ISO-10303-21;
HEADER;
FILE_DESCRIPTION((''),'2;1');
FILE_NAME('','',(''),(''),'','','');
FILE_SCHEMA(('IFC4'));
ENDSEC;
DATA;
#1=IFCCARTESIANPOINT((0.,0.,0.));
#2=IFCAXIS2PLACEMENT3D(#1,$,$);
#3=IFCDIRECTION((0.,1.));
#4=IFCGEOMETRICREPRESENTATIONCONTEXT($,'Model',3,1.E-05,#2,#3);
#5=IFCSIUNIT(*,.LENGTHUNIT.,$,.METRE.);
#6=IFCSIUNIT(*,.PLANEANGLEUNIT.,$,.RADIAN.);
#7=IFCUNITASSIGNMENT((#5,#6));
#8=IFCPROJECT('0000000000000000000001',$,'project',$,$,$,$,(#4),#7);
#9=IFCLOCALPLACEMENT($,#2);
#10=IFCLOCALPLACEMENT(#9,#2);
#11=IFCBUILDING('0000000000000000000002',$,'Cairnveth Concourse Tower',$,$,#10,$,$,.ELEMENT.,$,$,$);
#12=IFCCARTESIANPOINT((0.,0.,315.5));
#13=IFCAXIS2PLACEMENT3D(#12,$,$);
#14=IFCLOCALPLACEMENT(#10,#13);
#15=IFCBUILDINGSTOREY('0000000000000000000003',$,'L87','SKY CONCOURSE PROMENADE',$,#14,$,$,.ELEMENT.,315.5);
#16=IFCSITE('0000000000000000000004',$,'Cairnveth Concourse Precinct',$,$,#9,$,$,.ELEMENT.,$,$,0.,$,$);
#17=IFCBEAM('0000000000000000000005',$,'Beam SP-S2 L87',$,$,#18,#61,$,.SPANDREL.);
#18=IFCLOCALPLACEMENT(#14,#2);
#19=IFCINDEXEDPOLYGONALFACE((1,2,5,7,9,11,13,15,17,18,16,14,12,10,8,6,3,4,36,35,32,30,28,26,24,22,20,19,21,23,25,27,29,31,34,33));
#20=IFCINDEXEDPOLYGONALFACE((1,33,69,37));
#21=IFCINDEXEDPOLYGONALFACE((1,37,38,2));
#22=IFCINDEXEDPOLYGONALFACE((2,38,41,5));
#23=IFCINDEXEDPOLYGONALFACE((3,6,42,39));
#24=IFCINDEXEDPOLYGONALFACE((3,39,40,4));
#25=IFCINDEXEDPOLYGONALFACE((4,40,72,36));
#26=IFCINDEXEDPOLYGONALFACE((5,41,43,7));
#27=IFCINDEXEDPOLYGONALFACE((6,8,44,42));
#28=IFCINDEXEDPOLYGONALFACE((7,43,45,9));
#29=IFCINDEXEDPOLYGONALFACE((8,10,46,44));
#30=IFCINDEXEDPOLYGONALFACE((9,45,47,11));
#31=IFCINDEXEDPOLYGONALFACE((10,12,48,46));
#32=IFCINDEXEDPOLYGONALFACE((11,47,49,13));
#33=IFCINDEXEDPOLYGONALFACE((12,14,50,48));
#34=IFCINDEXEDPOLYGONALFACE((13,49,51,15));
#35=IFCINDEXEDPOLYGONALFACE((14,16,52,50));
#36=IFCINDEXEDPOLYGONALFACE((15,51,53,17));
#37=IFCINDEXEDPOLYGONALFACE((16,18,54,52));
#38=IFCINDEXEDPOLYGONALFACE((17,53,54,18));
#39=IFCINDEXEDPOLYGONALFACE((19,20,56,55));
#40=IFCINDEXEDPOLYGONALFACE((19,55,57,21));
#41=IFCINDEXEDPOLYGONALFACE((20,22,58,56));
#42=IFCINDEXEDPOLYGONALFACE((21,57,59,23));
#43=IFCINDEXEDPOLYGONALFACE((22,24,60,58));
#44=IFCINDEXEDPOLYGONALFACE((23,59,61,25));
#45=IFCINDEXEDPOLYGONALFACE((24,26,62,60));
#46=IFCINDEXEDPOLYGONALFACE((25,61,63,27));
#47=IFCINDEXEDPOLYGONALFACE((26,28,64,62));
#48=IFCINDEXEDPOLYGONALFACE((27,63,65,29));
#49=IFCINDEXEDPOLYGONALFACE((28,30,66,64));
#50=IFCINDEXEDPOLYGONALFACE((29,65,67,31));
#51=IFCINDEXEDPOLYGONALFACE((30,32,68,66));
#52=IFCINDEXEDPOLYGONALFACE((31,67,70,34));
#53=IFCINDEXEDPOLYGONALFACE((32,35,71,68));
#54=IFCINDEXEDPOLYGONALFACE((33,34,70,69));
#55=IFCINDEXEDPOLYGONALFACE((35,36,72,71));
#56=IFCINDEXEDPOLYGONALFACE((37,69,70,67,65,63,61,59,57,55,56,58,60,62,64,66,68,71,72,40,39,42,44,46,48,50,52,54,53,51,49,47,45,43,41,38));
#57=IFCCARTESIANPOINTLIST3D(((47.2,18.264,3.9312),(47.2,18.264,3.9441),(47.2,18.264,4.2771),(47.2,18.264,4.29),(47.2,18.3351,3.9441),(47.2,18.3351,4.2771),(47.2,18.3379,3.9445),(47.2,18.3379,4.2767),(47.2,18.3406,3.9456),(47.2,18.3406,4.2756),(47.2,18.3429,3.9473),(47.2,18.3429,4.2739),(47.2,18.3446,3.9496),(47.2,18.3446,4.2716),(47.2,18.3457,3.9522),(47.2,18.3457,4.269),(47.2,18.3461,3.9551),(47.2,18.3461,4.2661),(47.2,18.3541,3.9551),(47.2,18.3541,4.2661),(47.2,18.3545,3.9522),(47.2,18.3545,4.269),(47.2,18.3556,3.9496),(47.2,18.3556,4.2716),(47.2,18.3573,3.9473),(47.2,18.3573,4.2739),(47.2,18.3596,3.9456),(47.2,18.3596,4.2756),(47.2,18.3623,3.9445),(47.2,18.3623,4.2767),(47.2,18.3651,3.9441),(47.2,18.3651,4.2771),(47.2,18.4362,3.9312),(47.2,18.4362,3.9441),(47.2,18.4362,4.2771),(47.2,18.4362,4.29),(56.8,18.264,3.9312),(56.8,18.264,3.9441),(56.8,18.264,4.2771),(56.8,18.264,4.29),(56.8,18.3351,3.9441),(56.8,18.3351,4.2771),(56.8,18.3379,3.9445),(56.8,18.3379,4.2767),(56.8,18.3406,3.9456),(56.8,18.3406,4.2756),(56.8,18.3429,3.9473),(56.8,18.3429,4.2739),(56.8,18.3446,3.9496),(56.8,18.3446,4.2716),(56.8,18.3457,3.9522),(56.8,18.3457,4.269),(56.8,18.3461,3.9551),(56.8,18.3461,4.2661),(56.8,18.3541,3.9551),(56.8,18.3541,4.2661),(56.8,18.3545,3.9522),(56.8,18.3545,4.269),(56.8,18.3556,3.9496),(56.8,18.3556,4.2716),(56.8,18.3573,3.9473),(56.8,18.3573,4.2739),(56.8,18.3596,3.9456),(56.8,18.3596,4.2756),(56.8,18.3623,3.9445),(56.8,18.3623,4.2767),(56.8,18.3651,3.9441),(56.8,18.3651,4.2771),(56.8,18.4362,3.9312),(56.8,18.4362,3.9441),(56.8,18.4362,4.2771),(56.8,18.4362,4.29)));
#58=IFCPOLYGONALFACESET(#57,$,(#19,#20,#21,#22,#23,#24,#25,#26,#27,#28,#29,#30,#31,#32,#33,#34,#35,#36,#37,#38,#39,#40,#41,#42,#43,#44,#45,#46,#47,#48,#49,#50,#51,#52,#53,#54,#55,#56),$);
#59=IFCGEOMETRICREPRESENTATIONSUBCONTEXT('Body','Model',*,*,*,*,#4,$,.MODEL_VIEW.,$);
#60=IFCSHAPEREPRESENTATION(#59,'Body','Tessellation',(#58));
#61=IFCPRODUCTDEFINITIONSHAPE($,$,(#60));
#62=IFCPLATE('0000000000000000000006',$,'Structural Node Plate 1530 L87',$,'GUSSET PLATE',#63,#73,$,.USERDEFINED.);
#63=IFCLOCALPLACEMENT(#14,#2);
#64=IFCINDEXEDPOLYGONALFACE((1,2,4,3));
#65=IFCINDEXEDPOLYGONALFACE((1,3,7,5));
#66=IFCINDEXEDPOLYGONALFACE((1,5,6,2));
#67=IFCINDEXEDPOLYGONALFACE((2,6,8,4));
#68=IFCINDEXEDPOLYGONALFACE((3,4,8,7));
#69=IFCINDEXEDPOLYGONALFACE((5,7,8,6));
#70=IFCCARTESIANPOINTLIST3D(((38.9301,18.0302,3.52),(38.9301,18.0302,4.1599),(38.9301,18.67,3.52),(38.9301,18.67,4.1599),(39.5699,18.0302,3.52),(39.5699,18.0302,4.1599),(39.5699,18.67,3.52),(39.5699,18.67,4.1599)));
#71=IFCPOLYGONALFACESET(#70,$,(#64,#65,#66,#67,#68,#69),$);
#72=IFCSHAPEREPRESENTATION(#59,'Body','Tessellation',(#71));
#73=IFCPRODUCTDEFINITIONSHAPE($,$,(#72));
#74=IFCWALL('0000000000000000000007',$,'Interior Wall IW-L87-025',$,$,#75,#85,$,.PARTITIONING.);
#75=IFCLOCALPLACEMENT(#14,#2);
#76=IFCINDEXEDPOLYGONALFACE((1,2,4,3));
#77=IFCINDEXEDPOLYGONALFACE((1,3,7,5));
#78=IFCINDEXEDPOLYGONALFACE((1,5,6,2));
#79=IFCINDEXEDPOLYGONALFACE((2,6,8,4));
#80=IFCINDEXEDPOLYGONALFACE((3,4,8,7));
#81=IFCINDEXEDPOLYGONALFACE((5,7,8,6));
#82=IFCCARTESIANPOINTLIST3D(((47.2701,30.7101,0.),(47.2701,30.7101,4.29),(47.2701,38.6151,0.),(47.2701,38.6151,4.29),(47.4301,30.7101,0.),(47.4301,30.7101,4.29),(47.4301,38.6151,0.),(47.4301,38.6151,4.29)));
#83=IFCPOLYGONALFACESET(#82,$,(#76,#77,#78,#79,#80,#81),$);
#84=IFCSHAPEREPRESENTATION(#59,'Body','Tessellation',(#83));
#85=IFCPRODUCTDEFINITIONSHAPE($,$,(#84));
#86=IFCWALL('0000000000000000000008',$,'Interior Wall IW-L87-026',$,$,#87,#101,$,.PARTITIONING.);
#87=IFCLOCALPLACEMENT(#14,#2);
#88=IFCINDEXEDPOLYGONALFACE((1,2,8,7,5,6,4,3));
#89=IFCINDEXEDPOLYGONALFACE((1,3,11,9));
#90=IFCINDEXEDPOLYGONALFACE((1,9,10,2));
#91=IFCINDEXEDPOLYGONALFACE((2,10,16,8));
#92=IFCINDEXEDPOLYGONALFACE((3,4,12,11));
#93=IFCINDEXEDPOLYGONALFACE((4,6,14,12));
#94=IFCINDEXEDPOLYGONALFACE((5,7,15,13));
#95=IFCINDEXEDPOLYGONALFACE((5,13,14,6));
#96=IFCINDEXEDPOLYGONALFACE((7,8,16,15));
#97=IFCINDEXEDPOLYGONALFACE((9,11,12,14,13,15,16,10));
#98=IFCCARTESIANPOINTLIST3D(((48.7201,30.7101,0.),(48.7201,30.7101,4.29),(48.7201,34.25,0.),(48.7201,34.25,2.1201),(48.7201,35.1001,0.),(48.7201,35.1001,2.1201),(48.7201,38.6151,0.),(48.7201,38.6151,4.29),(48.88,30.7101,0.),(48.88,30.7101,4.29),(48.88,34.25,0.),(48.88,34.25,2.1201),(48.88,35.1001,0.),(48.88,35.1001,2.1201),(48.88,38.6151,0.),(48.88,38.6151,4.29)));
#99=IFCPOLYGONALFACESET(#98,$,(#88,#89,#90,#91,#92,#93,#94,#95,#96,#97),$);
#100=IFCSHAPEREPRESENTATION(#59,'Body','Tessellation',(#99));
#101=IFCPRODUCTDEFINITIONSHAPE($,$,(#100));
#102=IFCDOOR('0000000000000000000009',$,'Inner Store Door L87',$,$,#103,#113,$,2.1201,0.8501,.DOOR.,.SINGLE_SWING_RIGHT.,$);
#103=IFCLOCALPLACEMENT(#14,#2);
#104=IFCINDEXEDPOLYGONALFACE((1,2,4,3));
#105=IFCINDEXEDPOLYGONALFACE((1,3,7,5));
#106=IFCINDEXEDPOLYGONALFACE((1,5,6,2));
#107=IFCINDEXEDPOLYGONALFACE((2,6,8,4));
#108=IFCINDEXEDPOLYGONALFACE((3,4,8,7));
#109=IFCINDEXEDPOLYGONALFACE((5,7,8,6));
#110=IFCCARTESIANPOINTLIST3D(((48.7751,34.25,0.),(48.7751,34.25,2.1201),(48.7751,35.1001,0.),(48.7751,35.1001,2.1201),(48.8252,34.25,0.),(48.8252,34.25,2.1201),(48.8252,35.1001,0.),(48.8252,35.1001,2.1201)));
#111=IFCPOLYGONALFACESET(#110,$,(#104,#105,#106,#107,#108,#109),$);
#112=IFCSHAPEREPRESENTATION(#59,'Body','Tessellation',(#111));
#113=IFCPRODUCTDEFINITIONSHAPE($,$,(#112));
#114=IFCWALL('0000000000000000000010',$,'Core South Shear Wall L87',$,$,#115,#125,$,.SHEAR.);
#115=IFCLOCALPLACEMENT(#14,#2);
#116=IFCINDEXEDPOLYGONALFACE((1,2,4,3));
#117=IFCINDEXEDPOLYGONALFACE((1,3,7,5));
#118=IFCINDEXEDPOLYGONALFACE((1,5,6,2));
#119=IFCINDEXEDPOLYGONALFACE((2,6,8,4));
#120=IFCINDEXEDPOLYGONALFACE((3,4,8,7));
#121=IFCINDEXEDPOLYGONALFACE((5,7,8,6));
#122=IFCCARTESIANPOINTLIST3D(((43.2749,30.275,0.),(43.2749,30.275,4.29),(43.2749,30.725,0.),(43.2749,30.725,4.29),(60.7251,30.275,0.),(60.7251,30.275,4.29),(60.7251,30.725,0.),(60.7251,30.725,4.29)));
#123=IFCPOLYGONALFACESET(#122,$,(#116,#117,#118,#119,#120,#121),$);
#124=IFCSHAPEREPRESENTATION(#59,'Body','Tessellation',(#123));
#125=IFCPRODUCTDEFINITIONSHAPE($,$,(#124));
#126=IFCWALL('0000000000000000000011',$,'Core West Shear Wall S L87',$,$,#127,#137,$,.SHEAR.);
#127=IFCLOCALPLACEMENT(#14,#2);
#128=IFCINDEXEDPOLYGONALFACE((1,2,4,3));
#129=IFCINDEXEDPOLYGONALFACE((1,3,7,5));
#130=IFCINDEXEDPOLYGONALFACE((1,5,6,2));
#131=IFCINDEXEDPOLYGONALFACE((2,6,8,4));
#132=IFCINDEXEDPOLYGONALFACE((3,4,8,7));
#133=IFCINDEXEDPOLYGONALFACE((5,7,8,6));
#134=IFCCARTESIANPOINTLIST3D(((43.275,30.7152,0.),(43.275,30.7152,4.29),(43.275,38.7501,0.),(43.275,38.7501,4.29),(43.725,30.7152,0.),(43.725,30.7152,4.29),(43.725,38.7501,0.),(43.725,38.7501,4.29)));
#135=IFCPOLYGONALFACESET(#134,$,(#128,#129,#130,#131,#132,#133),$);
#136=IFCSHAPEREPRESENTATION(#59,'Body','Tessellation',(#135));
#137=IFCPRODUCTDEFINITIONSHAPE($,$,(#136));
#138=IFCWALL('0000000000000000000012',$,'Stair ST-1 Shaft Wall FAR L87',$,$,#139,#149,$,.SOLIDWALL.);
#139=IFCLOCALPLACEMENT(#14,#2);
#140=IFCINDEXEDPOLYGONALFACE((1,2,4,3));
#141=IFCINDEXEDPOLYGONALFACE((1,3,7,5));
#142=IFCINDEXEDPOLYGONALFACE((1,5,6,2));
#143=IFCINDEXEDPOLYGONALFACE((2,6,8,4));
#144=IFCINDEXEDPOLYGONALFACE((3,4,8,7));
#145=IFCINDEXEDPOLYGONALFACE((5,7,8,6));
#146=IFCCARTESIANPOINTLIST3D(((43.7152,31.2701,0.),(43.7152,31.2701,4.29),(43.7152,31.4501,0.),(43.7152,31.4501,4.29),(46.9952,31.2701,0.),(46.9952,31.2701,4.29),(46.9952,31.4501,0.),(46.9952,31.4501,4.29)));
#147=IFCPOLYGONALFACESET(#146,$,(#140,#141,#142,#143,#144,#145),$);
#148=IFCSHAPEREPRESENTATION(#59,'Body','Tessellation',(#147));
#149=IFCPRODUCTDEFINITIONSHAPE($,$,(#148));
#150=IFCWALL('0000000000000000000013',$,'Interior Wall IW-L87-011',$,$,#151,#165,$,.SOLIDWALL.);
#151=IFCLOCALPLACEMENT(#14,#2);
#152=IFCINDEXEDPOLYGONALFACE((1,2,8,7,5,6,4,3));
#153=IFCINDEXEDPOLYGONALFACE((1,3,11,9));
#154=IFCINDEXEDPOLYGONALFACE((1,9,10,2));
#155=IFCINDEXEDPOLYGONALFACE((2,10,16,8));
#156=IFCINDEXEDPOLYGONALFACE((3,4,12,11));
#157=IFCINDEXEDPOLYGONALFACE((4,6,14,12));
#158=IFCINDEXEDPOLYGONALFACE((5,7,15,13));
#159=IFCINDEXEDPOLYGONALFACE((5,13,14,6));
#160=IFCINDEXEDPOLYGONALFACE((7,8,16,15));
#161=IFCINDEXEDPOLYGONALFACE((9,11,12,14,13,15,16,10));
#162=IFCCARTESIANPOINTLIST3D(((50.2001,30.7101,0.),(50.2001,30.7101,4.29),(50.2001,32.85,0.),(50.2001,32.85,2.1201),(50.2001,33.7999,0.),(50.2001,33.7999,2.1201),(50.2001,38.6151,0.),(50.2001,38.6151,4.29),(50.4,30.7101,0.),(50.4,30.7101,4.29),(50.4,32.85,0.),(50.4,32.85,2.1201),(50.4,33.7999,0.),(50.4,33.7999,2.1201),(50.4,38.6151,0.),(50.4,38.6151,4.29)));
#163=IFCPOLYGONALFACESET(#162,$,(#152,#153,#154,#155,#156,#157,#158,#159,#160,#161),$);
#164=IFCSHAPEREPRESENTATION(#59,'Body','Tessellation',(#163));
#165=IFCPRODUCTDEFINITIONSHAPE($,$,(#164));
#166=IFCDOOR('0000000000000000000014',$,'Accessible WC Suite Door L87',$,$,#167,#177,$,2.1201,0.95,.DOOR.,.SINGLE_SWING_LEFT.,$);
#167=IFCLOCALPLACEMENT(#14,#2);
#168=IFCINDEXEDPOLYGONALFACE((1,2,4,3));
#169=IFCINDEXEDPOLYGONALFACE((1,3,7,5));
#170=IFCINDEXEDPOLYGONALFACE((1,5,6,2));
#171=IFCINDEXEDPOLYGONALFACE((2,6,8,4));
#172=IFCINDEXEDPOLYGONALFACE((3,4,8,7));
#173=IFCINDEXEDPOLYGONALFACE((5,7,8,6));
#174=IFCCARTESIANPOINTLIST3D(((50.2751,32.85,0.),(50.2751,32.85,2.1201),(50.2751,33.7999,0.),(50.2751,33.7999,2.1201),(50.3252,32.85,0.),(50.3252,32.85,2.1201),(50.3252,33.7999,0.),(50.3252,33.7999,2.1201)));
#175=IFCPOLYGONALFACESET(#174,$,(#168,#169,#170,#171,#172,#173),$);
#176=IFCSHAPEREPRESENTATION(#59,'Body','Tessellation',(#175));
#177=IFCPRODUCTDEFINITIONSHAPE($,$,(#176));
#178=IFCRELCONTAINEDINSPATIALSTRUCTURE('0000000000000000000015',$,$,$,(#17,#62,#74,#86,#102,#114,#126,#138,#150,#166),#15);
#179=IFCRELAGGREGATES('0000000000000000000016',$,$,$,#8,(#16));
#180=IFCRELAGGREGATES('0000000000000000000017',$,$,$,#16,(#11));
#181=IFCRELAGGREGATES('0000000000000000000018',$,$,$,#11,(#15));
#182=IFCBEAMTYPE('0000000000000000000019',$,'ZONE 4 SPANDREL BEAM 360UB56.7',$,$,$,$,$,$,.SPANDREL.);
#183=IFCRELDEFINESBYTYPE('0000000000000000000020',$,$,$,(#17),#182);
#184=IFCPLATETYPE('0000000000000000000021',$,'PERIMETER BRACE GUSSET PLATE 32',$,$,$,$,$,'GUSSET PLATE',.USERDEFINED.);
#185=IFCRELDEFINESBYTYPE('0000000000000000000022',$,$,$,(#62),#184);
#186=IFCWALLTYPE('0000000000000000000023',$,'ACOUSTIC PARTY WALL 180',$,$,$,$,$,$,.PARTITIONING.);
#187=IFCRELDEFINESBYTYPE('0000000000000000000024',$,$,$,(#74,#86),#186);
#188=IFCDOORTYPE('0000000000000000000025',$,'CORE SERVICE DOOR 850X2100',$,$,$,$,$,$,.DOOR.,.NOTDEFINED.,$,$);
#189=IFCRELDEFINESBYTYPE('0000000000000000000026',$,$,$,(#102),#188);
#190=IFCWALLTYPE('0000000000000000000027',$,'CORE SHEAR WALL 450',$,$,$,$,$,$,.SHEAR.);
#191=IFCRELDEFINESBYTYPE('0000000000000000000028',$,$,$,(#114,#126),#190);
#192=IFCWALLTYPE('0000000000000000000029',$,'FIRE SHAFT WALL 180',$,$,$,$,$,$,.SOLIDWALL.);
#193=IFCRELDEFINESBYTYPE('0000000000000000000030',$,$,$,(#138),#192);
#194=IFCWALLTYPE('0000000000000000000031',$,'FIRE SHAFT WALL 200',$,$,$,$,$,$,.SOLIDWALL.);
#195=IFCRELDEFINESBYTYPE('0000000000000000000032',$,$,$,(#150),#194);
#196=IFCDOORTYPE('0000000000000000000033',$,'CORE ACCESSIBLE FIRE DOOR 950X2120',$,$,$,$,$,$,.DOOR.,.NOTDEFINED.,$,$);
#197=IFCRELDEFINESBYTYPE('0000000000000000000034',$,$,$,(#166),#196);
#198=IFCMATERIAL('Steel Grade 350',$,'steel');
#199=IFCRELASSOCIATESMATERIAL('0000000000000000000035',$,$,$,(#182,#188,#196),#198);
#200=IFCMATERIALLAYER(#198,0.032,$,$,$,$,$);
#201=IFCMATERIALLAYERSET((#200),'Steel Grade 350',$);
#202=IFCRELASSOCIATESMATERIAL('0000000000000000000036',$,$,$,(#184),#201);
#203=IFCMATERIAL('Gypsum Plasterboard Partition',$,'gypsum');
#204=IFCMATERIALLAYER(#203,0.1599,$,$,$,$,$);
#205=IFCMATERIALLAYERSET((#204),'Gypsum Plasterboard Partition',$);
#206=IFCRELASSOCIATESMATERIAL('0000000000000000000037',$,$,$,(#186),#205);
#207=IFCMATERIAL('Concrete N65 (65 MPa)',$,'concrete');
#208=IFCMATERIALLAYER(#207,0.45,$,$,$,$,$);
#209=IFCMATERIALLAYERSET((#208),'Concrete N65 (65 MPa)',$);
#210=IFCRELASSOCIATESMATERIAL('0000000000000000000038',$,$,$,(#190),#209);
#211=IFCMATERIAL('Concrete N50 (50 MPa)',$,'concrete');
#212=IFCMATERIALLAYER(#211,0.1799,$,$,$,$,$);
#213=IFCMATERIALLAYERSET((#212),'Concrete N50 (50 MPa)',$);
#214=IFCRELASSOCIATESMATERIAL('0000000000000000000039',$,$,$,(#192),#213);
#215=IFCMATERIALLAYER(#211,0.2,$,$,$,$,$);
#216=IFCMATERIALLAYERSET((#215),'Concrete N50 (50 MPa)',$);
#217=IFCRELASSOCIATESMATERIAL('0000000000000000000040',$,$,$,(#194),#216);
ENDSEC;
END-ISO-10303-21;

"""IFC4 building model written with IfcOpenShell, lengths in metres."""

from ifc_helpers import new_model, si_unit, direction, frame, frame_2d, origin, origin_2d, place, context, subcontext, project, spatial, rectangle, i_section, extrude, material, layer, layer_set, material_profile, profile_set, type_object, element, fill, save


model = new_model("IFC4")

# Units and contexts
model_context = context("Model", 3, precision=1e-05, world=origin(), true_north=direction((0.0, 1.0)))
body_context = subcontext(model_context, "Body", "Model", "MODEL_VIEW")
ifc_project = project(units=[si_unit("LENGTHUNIT", "METRE"), si_unit("PLANEANGLEUNIT", "RADIAN")], contexts=[model_context])

# Site, building, storey
site_placement = place(None, origin())
site = spatial("IfcSite", under=ifc_project, at=site_placement, Name="Cairnveth Concourse Precinct", CompositionType="ELEMENT", RefElevation=0.0)
building_placement = place(site_placement, origin())
building = spatial("IfcBuilding", under=site, at=building_placement, Name="Cairnveth Concourse Tower", CompositionType="ELEMENT")
storey_placement = place(building_placement, frame((0.0, 0.0, 315.5)))
storey = spatial("IfcBuildingStorey", under=building, at=storey_placement, Name="L87", Description="SKY CONCOURSE PROMENADE", CompositionType="ELEMENT", Elevation=315.5)

# Shared definitions
ifc_material_1 = material(Name="Concrete N50 (50 MPa)", Category="concrete")
ifc_material_2 = material(Name="Steel Grade 350", Category="steel")

# Beam
ifc_material_profile_1 = material_profile(ifc_material_2, i_section(OverallWidth=0.1721, OverallDepth=0.3589, WebThickness=0.0081, FlangeThickness=0.0129, FilletRadius=0.011, at=origin_2d()), Name="360UB56.7")
ifc_profile_set_1 = profile_set([ifc_material_profile_1], Name="Steel Grade 350")
beam_type_1 = type_object("IfcBeamType", Name="ZONE 4 SPANDREL BEAM 360UB56.7", PredefinedType="SPANDREL", material=ifc_profile_set_1)
beam_1_placement = place(storey_placement, frame((47.2, 18.3501, 4.1106), z_axis=(1.0, 0.0, 0.0), x_axis=(0.0, 1.0, 0.0)))
element("IfcBeam", 1, at=beam_1_placement, inside=storey, type_object=beam_type_1, Name="Beam SP-S2 L87", PredefinedType="SPANDREL", context=body_context, shape_type="SweptSolid", body=[
    extrude(i_section(OverallWidth=0.1721, OverallDepth=0.3589, WebThickness=0.0081, FlangeThickness=0.0129, FilletRadius=0.011, at=origin_2d()), origin(), (0.0, 0.0, 1.0), 9.6001),
])

# Plate
ifc_layer_1 = layer(ifc_material_2, 0.032)
ifc_layer_set_1 = layer_set([ifc_layer_1], Name="Steel Grade 350")
plate_type = type_object("IfcPlateType", Name="PERIMETER BRACE GUSSET PLATE 32", ElementType="GUSSET PLATE", PredefinedType="USERDEFINED", material=ifc_layer_set_1)
plate_placement = place(storey_placement, frame((39.25, 18.3501, 3.52), z_axis=(0.0, 0.0, 1.0), x_axis=(1.0, 0.0, 0.0)))
element("IfcPlate", 2, at=plate_placement, inside=storey, type_object=plate_type, Name="Structural Node Plate 1530 L87", ObjectType="GUSSET PLATE", PredefinedType="USERDEFINED", context=body_context, shape_type="SweptSolid", body=[
    extrude(rectangle(XDim=0.6399, YDim=0.6399, at=origin_2d()), origin(), (0.0, 0.0, 1.0), 0.6399),
])

# Wall
ifc_material_3 = material(Name="Gypsum Plasterboard Partition", Category="gypsum")
ifc_layer_2 = layer(ifc_material_3, 0.1599)
ifc_layer_set_2 = layer_set([ifc_layer_2], Name="Gypsum Plasterboard Partition")
wall_type_1 = type_object("IfcWallType", Name="ACOUSTIC PARTY WALL 180", PredefinedType="PARTITIONING", material=ifc_layer_set_2)
wall_1_placement = place(storey_placement, frame((47.3501, 30.71, 0.0), z_axis=(0.0, 0.0, 1.0), x_axis=(0.0, 1.0, 0.0)))
element("IfcWall", 3, at=wall_1_placement, inside=storey, type_object=wall_type_1, Name="Interior Wall IW-L87-025", PredefinedType="PARTITIONING", context=body_context, shape_type="SweptSolid", body=[
    extrude(rectangle(XDim=7.905, YDim=0.1599, at=frame_2d((3.9526, 0.0))), origin(), (0.0, 0.0, 1.0), 4.29),
])

# Wall, opening, door
wall_2_placement = place(storey_placement, frame((48.8, 30.71, 0.0), z_axis=(0.0, 0.0, 1.0), x_axis=(0.0, 1.0, 0.0)))
wall_2 = element("IfcWall", 4, at=wall_2_placement, inside=storey, type_object=wall_type_1, Name="Interior Wall IW-L87-026", PredefinedType="PARTITIONING", context=body_context, shape_type="SweptSolid", body=[
    extrude(rectangle(XDim=7.905, YDim=0.1599, at=frame_2d((3.9526, 0.0))), origin(), (0.0, 0.0, 1.0), 4.29),
])
opening_1_placement = place(wall_2_placement, frame((3.54, 0.0, 0.0)))
opening_1 = element("IfcOpeningElement", 5, at=opening_1_placement, cuts=wall_2, PredefinedType="OPENING", context=body_context, shape_type="SweptSolid", body=[
    extrude(rectangle(XDim=0.8501, YDim=2.1201, at=frame_2d((0.425, 1.0601))), frame((0.0, 0.0898, 0.0), z_axis=(0.0, -1.0, 0.0), x_axis=(1.0, 0.0, 0.0)), (0.0, 0.0, 1.0), 0.1799),
])
door_type_1 = type_object("IfcDoorType", Name="CORE SERVICE DOOR 850X2100", OperationType="NOTDEFINED", PredefinedType="DOOR", material=ifc_material_2)
door_1_placement = place(opening_1_placement, origin())
door_1 = element("IfcDoor", 6, at=door_1_placement, inside=storey, type_object=door_type_1, Name="Inner Store Door L87", OperationType="SINGLE_SWING_RIGHT", OverallHeight=2.1201, OverallWidth=0.8501, PredefinedType="DOOR", context=body_context, shape_type="SweptSolid", body=[
    extrude(rectangle(XDim=0.8501, YDim=2.1201, at=frame_2d((0.425, 1.0601))), frame((0.0, 0.0249, 0.0), z_axis=(0.0, -1.0, 0.0), x_axis=(1.0, 0.0, 0.0)), (0.0, 0.0, 1.0), 0.05),
])
fill(opening_1, door_1)

# Walls
ifc_material_4 = material(Name="Concrete N65 (65 MPa)", Category="concrete")
ifc_layer_3 = layer(ifc_material_4, 0.45)
ifc_layer_set_3 = layer_set([ifc_layer_3], Name="Concrete N65 (65 MPa)")
wall_type_2 = type_object("IfcWallType", Name="CORE SHEAR WALL 450", PredefinedType="SHEAR", material=ifc_layer_set_3)
wall_3_placement = place(storey_placement, frame((43.2749, 30.5, 0.0), z_axis=(0.0, 0.0, 1.0), x_axis=(1.0, 0.0, 0.0)))
element("IfcWall", 7, at=wall_3_placement, inside=storey, type_object=wall_type_2, Name="Core South Shear Wall L87", PredefinedType="SHEAR", context=body_context, shape_type="SweptSolid", body=[
    extrude(rectangle(XDim=17.4502, YDim=0.45, at=frame_2d((8.7251, 0.0))), origin(), (0.0, 0.0, 1.0), 4.29),
])
wall_4_placement = place(storey_placement, frame((43.5, 30.7151, 0.0), z_axis=(0.0, 0.0, 1.0), x_axis=(0.0, 1.0, 0.0)))
element("IfcWall", 8, at=wall_4_placement, inside=storey, type_object=wall_type_2, Name="Core West Shear Wall S L87", PredefinedType="SHEAR", context=body_context, shape_type="SweptSolid", body=[
    extrude(rectangle(XDim=8.0349, YDim=0.45, at=frame_2d((4.0176, 0.0))), origin(), (0.0, 0.0, 1.0), 4.29),
])
ifc_layer_4 = layer(ifc_material_1, 0.1799)
ifc_layer_set_4 = layer_set([ifc_layer_4], Name="Concrete N50 (50 MPa)")
wall_type_3 = type_object("IfcWallType", Name="FIRE SHAFT WALL 180", PredefinedType="SOLIDWALL", material=ifc_layer_set_4)
wall_5_placement = place(storey_placement, frame((43.7151, 31.3601, 0.0), z_axis=(0.0, 0.0, 1.0), x_axis=(1.0, 0.0, 0.0)))
element("IfcWall", 9, at=wall_5_placement, inside=storey, type_object=wall_type_3, Name="Stair ST-1 Shaft Wall FAR L87", PredefinedType="SOLIDWALL", context=body_context, shape_type="SweptSolid", body=[
    extrude(rectangle(XDim=3.28, YDim=0.1799, at=frame_2d((1.6401, 0.0))), origin(), (0.0, 0.0, 1.0), 4.29),
])

# Wall, opening, door
ifc_layer_5 = layer(ifc_material_1, 0.2)
ifc_layer_set_5 = layer_set([ifc_layer_5], Name="Concrete N50 (50 MPa)")
wall_type_4 = type_object("IfcWallType", Name="FIRE SHAFT WALL 200", PredefinedType="SOLIDWALL", material=ifc_layer_set_5)
wall_6_placement = place(storey_placement, frame((50.3, 30.71, 0.0), z_axis=(0.0, 0.0, 1.0), x_axis=(0.0, 1.0, 0.0)))
wall_6 = element("IfcWall", 10, at=wall_6_placement, inside=storey, type_object=wall_type_4, Name="Interior Wall IW-L87-011", PredefinedType="SOLIDWALL", context=body_context, shape_type="SweptSolid", body=[
    extrude(rectangle(XDim=7.905, YDim=0.2, at=frame_2d((3.9526, 0.0))), origin(), (0.0, 0.0, 1.0), 4.29),
])
opening_2_placement = place(wall_6_placement, frame((2.1399, 0.0, 0.0)))
opening_2 = element("IfcOpeningElement", 11, at=opening_2_placement, cuts=wall_6, PredefinedType="OPENING", context=body_context, shape_type="SweptSolid", body=[
    extrude(rectangle(XDim=0.95, YDim=2.1201, at=frame_2d((0.4751, 1.0601))), frame((0.0, 0.1099, 0.0), z_axis=(0.0, -1.0, 0.0), x_axis=(1.0, 0.0, 0.0)), (0.0, 0.0, 1.0), 0.22),
])
door_type_2 = type_object("IfcDoorType", Name="CORE ACCESSIBLE FIRE DOOR 950X2120", OperationType="NOTDEFINED", PredefinedType="DOOR", material=ifc_material_2)
door_2_placement = place(opening_2_placement, origin())
door_2 = element("IfcDoor", 12, at=door_2_placement, inside=storey, type_object=door_type_2, Name="Accessible WC Suite Door L87", OperationType="SINGLE_SWING_LEFT", OverallHeight=2.1201, OverallWidth=0.95, PredefinedType="DOOR", context=body_context, shape_type="SweptSolid", body=[
    extrude(rectangle(XDim=0.95, YDim=2.1201, at=frame_2d((0.4751, 1.0601))), frame((0.0, 0.0249, 0.0), z_axis=(0.0, -1.0, 0.0), x_axis=(1.0, 0.0, 0.0)), (0.0, 0.0, 1.0), 0.05),
])
fill(opening_2, door_2)

save(model, "model.ifc")
